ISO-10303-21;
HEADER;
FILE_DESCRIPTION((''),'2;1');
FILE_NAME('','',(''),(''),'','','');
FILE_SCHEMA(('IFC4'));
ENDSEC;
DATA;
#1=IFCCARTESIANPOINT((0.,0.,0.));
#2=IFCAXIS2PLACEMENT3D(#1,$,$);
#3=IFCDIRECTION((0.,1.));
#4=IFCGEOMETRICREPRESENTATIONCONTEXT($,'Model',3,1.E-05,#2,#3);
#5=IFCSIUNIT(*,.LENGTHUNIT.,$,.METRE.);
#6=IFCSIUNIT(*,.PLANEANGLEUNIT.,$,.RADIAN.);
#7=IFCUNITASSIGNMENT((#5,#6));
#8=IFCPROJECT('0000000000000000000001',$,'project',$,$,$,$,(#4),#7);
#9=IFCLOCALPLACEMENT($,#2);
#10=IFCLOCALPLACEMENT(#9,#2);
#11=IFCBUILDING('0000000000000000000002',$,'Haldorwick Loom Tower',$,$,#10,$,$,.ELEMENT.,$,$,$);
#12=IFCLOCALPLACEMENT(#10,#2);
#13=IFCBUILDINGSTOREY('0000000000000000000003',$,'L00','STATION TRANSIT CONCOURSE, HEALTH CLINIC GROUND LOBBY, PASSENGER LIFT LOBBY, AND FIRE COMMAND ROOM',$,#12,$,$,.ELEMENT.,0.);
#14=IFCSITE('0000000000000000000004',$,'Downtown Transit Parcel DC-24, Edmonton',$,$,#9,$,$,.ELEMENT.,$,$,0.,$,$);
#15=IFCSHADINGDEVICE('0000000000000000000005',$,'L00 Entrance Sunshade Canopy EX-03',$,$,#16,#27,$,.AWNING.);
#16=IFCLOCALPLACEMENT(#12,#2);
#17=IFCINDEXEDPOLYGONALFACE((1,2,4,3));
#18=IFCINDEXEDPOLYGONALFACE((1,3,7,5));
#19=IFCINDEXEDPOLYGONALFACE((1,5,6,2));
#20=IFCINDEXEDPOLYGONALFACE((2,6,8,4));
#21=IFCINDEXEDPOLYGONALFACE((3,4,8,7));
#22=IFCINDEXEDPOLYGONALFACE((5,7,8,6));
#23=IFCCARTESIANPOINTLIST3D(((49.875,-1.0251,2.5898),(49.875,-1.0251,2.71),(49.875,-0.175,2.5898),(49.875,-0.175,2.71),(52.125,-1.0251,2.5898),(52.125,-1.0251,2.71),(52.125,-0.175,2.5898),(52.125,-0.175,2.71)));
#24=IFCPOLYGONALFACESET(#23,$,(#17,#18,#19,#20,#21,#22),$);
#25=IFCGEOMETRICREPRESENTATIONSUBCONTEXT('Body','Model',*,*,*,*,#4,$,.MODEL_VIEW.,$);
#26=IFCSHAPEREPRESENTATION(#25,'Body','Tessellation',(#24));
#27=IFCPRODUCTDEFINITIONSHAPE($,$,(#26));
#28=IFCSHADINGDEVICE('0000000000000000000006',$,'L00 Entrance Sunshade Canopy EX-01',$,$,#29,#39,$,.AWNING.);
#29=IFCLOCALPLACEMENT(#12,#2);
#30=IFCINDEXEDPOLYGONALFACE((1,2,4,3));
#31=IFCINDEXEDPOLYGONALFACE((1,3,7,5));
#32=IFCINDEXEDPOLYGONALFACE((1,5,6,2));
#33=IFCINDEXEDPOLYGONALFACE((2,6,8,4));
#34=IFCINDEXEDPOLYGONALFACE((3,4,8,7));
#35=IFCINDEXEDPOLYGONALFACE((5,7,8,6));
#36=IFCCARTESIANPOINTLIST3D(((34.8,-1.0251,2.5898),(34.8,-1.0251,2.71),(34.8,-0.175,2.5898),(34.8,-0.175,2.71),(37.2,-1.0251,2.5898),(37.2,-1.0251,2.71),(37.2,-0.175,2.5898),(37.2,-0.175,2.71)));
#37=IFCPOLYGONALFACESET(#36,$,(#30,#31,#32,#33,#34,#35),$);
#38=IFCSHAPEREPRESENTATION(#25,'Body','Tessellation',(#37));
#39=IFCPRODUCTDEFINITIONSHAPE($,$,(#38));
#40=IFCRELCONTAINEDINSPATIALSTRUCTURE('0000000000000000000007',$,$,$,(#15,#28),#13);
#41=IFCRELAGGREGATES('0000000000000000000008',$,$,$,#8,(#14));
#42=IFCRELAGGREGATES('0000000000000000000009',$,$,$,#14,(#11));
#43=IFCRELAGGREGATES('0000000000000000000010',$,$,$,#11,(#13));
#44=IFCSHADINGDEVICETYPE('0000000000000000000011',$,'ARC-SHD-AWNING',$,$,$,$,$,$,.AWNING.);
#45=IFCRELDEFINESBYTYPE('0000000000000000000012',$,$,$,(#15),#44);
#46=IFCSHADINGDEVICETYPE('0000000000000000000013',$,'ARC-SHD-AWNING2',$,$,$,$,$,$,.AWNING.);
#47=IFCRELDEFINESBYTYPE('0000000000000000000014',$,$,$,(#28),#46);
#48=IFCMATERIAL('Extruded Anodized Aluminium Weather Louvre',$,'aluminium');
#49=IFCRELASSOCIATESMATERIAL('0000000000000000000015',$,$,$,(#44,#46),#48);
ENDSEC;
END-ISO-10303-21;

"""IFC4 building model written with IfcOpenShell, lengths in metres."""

from ifc_helpers import new_model, si_unit, direction, frame, origin, origin_2d, place, context, subcontext, project, spatial, rectangle, extrude, material, type_object, element, save


model = new_model("IFC4")

# Units and contexts
model_context = context("Model", 3, precision=1e-05, world=origin(), true_north=direction((0.0, 1.0)))
body_context = subcontext(model_context, "Body", "Model", "MODEL_VIEW")
ifc_project = project(units=[si_unit("LENGTHUNIT", "METRE"), si_unit("PLANEANGLEUNIT", "RADIAN")], contexts=[model_context])

# Site, building, storey
site_placement = place(None, origin())
site = spatial("IfcSite", under=ifc_project, at=site_placement, Name="Downtown Transit Parcel DC-24, Edmonton", CompositionType="ELEMENT", RefElevation=0.0)
building_placement = place(site_placement, origin())
building = spatial("IfcBuilding", under=site, at=building_placement, Name="Haldorwick Loom Tower", CompositionType="ELEMENT")
storey_placement = place(building_placement, origin())
storey = spatial("IfcBuildingStorey", under=building, at=storey_placement, Name="L00", Description="STATION TRANSIT CONCOURSE, HEALTH CLINIC GROUND LOBBY, PASSENGER LIFT LOBBY, AND FIRE COMMAND ROOM", CompositionType="ELEMENT", Elevation=0.0)

# Shading devices
ifc_material_1 = material(Name="Extruded Anodized Aluminium Weather Louvre", Category="aluminium")
shading_device_type_1 = type_object("IfcShadingDeviceType", Name="ARC-SHD-AWNING", PredefinedType="AWNING", material=ifc_material_1)
shading_device_1_placement = place(storey_placement, frame((51.0, -0.6001, 2.5898), z_axis=(0.0, 0.0, 1.0), x_axis=(1.0, 0.0, 0.0)))
element("IfcShadingDevice", 1, at=shading_device_1_placement, inside=storey, type_object=shading_device_type_1, Name="L00 Entrance Sunshade Canopy EX-03", PredefinedType="AWNING", context=body_context, shape_type="SweptSolid", body=[
    extrude(rectangle(XDim=2.25, YDim=0.8501, at=origin_2d()), origin(), (0.0, 0.0, 1.0), 0.1201),
])
shading_device_type_2 = type_object("IfcShadingDeviceType", Name="ARC-SHD-AWNING2", PredefinedType="AWNING", material=ifc_material_1)
shading_device_2_placement = place(storey_placement, frame((36.0, -0.6001, 2.5898), z_axis=(0.0, 0.0, 1.0), x_axis=(1.0, 0.0, 0.0)))
element("IfcShadingDevice", 2, at=shading_device_2_placement, inside=storey, type_object=shading_device_type_2, Name="L00 Entrance Sunshade Canopy EX-01", PredefinedType="AWNING", context=body_context, shape_type="SweptSolid", body=[
    extrude(rectangle(XDim=2.3999, YDim=0.8501, at=origin_2d()), origin(), (0.0, 0.0, 1.0), 0.1201),
])

save(model, "model.ifc")
